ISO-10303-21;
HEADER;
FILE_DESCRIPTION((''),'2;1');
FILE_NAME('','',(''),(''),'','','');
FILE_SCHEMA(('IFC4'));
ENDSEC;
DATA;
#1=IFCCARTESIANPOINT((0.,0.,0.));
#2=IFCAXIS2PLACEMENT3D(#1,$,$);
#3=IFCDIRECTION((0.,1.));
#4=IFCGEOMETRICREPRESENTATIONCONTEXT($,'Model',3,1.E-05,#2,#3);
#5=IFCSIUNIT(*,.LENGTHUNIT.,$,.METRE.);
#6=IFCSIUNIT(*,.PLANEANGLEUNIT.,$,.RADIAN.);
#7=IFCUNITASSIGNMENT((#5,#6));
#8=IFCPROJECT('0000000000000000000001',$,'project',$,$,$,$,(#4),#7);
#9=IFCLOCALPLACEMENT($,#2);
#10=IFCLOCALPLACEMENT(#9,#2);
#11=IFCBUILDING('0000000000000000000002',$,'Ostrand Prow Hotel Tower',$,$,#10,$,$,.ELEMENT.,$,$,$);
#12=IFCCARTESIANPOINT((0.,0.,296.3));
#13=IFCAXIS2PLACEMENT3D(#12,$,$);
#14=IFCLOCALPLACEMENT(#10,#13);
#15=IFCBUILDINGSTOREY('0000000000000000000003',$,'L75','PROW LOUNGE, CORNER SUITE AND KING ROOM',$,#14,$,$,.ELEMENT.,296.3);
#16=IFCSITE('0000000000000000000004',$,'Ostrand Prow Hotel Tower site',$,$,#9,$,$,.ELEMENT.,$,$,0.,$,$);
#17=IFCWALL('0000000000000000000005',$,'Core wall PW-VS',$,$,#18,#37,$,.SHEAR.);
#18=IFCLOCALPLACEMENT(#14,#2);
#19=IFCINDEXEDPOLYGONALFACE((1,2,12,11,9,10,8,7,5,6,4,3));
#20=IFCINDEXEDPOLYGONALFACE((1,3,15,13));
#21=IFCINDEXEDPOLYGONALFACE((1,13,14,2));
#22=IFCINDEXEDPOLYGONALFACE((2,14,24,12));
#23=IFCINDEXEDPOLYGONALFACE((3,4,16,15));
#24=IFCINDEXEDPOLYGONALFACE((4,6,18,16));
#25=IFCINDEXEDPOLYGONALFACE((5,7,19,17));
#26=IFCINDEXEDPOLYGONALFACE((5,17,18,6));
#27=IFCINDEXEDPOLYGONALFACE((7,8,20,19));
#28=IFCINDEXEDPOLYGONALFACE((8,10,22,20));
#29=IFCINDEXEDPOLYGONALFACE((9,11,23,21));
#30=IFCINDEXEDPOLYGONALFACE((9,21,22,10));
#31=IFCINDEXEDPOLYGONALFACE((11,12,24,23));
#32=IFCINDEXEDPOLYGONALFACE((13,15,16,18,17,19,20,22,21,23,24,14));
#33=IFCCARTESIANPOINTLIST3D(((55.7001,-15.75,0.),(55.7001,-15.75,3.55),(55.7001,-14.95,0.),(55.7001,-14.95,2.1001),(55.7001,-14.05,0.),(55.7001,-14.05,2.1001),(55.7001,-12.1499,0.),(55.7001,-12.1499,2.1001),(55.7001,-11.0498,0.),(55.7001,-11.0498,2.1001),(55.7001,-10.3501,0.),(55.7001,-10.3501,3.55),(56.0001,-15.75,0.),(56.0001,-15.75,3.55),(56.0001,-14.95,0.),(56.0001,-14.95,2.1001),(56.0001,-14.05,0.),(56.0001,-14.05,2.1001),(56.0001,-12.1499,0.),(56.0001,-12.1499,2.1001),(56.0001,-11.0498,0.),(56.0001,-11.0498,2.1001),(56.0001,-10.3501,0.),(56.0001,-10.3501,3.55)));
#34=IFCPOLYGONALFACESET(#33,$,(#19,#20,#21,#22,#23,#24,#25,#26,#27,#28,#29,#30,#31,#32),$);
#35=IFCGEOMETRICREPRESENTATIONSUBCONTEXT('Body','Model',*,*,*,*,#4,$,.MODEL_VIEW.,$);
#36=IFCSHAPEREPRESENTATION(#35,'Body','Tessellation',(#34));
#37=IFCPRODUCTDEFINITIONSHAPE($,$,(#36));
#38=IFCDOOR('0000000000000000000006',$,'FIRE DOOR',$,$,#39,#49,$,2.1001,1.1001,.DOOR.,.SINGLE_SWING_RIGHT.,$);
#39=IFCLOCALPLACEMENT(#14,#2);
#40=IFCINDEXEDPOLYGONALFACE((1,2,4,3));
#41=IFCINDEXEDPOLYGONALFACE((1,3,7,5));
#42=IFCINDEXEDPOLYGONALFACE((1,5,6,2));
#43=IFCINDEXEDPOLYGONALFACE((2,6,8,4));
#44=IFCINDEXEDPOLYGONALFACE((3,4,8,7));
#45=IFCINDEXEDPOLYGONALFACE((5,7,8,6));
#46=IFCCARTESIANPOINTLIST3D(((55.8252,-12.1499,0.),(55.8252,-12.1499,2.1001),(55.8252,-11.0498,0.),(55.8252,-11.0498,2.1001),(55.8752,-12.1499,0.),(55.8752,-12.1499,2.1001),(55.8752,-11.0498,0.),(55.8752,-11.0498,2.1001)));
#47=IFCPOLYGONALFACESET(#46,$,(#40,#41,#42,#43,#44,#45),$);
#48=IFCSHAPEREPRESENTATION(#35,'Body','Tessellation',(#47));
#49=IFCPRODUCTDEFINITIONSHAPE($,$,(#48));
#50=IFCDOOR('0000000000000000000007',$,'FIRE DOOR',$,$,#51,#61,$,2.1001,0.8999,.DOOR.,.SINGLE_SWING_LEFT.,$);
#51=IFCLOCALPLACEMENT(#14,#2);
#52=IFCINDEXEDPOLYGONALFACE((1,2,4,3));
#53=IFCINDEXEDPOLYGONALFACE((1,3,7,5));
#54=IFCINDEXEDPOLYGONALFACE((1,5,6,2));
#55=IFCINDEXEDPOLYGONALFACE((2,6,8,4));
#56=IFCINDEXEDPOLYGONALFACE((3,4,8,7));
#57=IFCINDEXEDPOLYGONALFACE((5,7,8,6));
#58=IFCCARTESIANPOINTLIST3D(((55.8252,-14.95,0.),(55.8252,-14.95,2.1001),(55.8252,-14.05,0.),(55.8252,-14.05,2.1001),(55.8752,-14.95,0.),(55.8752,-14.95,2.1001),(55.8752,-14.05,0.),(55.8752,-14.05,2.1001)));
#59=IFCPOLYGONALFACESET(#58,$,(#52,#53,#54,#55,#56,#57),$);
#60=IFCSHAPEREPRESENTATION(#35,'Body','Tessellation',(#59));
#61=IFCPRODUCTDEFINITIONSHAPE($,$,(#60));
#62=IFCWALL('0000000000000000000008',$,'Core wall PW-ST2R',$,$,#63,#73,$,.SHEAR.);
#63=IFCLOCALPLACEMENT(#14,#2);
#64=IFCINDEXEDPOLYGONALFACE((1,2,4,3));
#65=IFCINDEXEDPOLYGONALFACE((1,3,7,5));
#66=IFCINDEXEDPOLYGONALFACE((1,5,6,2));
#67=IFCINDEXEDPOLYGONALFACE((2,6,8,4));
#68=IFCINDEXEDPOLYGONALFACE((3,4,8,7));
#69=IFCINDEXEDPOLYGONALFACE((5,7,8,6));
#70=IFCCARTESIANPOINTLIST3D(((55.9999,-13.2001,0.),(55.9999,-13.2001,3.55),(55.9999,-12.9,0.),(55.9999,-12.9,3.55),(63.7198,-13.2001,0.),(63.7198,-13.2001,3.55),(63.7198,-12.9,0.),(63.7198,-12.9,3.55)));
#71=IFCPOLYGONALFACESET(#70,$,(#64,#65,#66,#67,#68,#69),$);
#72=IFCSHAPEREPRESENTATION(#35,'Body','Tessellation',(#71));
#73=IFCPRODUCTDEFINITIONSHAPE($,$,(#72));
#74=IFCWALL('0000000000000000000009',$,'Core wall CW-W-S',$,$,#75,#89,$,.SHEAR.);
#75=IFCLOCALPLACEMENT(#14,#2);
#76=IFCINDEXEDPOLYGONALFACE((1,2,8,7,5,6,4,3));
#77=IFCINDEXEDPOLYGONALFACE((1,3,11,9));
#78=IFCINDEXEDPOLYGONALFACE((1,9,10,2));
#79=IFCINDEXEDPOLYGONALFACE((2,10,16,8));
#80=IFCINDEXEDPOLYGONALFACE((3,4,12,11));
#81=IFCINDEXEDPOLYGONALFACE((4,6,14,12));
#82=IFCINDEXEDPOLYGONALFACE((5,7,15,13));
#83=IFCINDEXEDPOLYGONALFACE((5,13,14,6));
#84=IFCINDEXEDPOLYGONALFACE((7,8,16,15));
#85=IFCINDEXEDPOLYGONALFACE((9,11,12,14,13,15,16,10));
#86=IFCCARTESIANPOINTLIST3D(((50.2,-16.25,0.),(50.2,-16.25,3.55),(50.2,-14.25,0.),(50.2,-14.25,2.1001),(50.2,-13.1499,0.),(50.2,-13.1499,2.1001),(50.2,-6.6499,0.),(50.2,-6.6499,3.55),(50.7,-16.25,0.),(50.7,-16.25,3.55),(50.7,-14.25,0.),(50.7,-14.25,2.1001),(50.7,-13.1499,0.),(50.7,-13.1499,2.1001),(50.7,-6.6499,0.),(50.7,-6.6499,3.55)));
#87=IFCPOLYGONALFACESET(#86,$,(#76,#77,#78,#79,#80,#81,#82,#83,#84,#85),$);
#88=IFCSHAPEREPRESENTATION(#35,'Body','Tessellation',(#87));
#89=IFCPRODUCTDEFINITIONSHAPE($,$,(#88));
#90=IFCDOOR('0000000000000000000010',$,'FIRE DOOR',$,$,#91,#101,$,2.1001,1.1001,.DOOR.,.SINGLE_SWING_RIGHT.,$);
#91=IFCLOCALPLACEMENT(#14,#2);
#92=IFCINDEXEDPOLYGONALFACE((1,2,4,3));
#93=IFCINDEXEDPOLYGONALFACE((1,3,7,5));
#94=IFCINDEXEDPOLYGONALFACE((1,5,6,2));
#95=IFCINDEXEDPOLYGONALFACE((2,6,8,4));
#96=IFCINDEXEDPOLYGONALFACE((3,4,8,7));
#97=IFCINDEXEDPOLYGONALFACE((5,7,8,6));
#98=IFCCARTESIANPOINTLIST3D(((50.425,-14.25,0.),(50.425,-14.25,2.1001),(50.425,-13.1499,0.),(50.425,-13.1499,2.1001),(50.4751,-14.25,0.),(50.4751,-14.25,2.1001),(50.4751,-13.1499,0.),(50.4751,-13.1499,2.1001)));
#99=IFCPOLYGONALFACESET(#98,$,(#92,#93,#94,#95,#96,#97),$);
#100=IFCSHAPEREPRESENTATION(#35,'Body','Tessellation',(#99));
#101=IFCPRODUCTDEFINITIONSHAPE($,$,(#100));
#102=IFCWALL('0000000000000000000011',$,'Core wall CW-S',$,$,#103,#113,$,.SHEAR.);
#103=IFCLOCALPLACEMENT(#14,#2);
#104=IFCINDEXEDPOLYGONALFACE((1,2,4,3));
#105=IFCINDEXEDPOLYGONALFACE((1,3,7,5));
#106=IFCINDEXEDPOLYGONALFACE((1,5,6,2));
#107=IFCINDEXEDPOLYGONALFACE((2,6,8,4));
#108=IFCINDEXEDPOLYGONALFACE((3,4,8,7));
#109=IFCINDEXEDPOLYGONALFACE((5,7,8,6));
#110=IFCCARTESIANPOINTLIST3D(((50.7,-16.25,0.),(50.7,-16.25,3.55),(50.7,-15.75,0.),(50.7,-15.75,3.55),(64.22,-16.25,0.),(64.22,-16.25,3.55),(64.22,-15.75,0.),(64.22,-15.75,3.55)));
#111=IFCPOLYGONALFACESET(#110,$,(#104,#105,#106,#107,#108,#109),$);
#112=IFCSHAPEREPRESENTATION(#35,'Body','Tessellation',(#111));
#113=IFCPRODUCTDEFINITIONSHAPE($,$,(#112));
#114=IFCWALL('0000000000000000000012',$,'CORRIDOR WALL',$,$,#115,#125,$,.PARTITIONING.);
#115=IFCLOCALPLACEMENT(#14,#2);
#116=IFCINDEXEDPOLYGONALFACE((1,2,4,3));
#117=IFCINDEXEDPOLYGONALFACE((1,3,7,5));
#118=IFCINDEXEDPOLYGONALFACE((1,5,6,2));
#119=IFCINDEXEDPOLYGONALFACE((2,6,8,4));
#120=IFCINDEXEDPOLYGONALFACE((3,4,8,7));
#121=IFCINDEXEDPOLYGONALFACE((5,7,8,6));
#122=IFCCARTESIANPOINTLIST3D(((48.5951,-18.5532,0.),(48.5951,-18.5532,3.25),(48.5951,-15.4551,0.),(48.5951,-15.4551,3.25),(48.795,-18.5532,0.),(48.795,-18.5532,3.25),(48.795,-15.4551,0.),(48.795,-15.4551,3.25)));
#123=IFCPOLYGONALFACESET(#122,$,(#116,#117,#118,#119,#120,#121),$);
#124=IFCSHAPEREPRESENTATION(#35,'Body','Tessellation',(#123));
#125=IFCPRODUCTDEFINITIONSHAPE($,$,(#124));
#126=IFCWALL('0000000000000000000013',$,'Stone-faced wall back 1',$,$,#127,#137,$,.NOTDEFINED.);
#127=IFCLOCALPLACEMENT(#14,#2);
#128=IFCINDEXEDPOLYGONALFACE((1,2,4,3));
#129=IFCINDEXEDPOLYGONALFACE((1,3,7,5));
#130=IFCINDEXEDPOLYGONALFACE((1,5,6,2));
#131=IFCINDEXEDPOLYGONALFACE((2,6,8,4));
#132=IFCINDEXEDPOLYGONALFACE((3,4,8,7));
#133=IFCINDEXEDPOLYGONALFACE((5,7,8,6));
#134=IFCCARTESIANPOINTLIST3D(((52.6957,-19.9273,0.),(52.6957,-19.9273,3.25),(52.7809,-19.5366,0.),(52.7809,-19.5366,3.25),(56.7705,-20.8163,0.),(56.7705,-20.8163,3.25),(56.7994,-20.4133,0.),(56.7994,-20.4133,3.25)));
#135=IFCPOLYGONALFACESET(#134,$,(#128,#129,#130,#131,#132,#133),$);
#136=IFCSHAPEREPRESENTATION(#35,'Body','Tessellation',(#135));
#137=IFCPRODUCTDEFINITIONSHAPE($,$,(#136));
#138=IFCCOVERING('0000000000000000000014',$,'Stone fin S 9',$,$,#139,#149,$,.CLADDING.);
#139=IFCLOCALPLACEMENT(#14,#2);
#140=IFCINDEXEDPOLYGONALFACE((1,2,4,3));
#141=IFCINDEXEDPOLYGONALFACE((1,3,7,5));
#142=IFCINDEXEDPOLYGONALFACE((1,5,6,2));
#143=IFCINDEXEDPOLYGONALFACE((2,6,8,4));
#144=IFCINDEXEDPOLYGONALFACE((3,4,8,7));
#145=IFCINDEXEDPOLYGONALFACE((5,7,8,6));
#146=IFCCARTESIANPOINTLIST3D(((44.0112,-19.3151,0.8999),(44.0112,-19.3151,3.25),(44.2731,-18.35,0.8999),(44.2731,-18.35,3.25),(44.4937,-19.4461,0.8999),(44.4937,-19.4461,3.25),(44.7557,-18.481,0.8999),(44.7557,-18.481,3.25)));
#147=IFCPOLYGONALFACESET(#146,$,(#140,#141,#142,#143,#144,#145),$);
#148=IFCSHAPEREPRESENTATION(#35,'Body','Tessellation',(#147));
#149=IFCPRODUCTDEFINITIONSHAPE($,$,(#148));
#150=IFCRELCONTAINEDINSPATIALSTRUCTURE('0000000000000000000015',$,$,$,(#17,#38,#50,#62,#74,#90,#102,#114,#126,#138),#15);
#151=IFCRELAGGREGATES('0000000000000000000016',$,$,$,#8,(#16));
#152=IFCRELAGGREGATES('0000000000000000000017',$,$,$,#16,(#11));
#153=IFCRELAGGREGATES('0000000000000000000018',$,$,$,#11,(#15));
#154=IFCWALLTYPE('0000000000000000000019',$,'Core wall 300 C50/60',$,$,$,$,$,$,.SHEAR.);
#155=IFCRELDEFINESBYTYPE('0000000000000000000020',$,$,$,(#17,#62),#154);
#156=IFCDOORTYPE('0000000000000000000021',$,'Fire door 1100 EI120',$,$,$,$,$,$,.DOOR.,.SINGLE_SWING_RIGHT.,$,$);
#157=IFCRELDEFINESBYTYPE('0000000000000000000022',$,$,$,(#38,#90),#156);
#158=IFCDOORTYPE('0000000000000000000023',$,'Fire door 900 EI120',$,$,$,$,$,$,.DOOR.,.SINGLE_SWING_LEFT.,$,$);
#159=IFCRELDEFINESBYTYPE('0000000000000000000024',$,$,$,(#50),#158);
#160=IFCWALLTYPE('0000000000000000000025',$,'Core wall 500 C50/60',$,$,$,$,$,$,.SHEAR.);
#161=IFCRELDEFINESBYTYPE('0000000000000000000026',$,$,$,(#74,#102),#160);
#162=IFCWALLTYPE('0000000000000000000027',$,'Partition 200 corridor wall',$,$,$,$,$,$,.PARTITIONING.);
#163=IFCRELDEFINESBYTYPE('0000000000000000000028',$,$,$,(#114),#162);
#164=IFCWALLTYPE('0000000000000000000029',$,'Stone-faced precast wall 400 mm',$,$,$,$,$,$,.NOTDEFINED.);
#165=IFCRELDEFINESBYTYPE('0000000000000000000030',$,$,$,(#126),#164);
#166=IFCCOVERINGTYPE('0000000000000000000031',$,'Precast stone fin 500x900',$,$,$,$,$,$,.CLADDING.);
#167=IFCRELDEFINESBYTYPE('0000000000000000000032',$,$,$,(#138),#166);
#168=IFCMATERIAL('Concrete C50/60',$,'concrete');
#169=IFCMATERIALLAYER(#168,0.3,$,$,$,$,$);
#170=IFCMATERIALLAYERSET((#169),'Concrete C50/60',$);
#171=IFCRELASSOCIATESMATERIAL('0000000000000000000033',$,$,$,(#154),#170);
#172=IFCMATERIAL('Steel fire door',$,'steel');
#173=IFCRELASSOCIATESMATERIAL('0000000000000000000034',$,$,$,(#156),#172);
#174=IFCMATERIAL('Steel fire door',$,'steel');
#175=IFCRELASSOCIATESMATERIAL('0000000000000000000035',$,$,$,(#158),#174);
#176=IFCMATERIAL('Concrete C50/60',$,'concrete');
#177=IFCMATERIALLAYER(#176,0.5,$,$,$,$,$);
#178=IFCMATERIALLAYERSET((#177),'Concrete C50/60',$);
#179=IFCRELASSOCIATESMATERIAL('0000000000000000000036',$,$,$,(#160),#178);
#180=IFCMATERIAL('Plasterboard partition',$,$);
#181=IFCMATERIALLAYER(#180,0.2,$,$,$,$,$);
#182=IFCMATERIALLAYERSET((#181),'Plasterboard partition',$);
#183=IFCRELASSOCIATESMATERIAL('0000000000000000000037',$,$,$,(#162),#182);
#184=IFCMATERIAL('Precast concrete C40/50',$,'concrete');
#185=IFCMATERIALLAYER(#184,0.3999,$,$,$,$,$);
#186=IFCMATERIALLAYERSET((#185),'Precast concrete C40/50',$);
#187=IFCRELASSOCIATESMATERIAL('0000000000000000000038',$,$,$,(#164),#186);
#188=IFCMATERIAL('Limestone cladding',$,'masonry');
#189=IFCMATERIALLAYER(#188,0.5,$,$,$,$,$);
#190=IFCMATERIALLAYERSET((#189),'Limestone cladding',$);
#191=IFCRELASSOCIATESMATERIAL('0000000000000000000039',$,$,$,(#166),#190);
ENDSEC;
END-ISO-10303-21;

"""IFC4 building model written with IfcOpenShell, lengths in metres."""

from ifc_helpers import new_model, si_unit, direction, frame, frame_2d, origin, place, context, subcontext, project, spatial, polyline, rectangle, outline, extrude, material, layer, layer_set, type_object, element, fill, save


model = new_model("IFC4")

# Units and contexts
model_context = context("Model", 3, precision=1e-05, world=origin(), true_north=direction((0.0, 1.0)))
body_context = subcontext(model_context, "Body", "Model", "MODEL_VIEW")
ifc_project = project(units=[si_unit("LENGTHUNIT", "METRE"), si_unit("PLANEANGLEUNIT", "RADIAN")], contexts=[model_context])

# Site, building, storey
site_placement = place(None, origin())
site = spatial("IfcSite", under=ifc_project, at=site_placement, Name="Ostrand Prow Hotel Tower site", CompositionType="ELEMENT", RefElevation=0.0)
building_placement = place(site_placement, origin())
building = spatial("IfcBuilding", under=site, at=building_placement, Name="Ostrand Prow Hotel Tower", CompositionType="ELEMENT")
storey_placement = place(building_placement, frame((0.0, 0.0, 296.3)))
storey = spatial("IfcBuildingStorey", under=building, at=storey_placement, Name="L75", Description="PROW LOUNGE, CORNER SUITE AND KING ROOM", CompositionType="ELEMENT", Elevation=296.3)

# Wall, openings, doors
ifc_material_1 = material(Name="Concrete C50/60", Category="concrete")
ifc_layer_1 = layer(ifc_material_1, 0.3)
ifc_layer_set_1 = layer_set([ifc_layer_1], Name="Concrete C50/60")
wall_type_1 = type_object("IfcWallType", Name="Core wall 300 C50/60", PredefinedType="SHEAR", material=ifc_layer_set_1)
wall_1_placement = place(storey_placement, frame((55.8501, -15.75, 0.0), z_axis=(0.0, 0.0, 1.0), x_axis=(0.0, 1.0, 0.0)))
wall_1 = element("IfcWall", 1, at=wall_1_placement, inside=storey, type_object=wall_type_1, Name="Core wall PW-VS", PredefinedType="SHEAR", context=body_context, shape_type="SweptSolid", body=[
    extrude(rectangle(XDim=5.3999, YDim=0.3, at=frame_2d((2.7, 0.0))), origin(), (0.0, 0.0, 1.0), 3.55),
])
opening_1_placement = place(wall_1_placement, frame((3.6001, 0.0, 0.0)))
opening_1 = element("IfcOpeningElement", 2, at=opening_1_placement, cuts=wall_1, PredefinedType="OPENING", context=body_context, shape_type="SweptSolid", body=[
    extrude(rectangle(XDim=1.1001, YDim=2.1001, at=frame_2d((0.55, 1.05))), frame((0.0, 0.1599, 0.0), z_axis=(0.0, -1.0, 0.0), x_axis=(1.0, 0.0, 0.0)), (0.0, 0.0, 1.0), 0.3201),
])
opening_2_placement = place(wall_1_placement, frame((0.8, 0.0, 0.0)))
opening_2 = element("IfcOpeningElement", 3, at=opening_2_placement, cuts=wall_1, PredefinedType="OPENING", context=body_context, shape_type="SweptSolid", body=[
    extrude(rectangle(XDim=0.8999, YDim=2.1001, at=frame_2d((0.45, 1.05))), frame((0.0, 0.1599, 0.0), z_axis=(0.0, -1.0, 0.0), x_axis=(1.0, 0.0, 0.0)), (0.0, 0.0, 1.0), 0.3201),
])
ifc_material_2 = material(Name="Steel fire door", Category="steel")
door_type_1 = type_object("IfcDoorType", Name="Fire door 1100 EI120", OperationType="SINGLE_SWING_RIGHT", PredefinedType="DOOR", material=ifc_material_2)
door_1_placement = place(opening_1_placement, origin())
door_1 = element("IfcDoor", 4, at=door_1_placement, inside=storey, type_object=door_type_1, Name="FIRE DOOR", OperationType="SINGLE_SWING_RIGHT", OverallHeight=2.1001, OverallWidth=1.1001, PredefinedType="DOOR", context=body_context, shape_type="SweptSolid", body=[
    extrude(rectangle(XDim=1.1001, YDim=2.1001, at=frame_2d((0.55, 1.05))), frame((0.0, 0.0249, 0.0), z_axis=(0.0, -1.0, 0.0), x_axis=(1.0, 0.0, 0.0)), (0.0, 0.0, 1.0), 0.05),
])
fill(opening_1, door_1)
ifc_material_3 = material(Name="Steel fire door", Category="steel")
door_type_2 = type_object("IfcDoorType", Name="Fire door 900 EI120", OperationType="SINGLE_SWING_LEFT", PredefinedType="DOOR", material=ifc_material_3)
door_2_placement = place(opening_2_placement, origin())
door_2 = element("IfcDoor", 5, at=door_2_placement, inside=storey, type_object=door_type_2, Name="FIRE DOOR", OperationType="SINGLE_SWING_LEFT", OverallHeight=2.1001, OverallWidth=0.8999, PredefinedType="DOOR", context=body_context, shape_type="SweptSolid", body=[
    extrude(rectangle(XDim=0.8999, YDim=2.1001, at=frame_2d((0.45, 1.05))), frame((0.0, 0.0249, 0.0), z_axis=(0.0, -1.0, 0.0), x_axis=(1.0, 0.0, 0.0)), (0.0, 0.0, 1.0), 0.05),
])
fill(opening_2, door_2)

# Wall
wall_2_placement = place(storey_placement, frame((56.0, -13.05, 0.0), z_axis=(0.0, 0.0, 1.0), x_axis=(1.0, 0.0, 0.0)))
element("IfcWall", 6, at=wall_2_placement, inside=storey, type_object=wall_type_1, Name="Core wall PW-ST2R", PredefinedType="SHEAR", context=body_context, shape_type="SweptSolid", body=[
    extrude(rectangle(XDim=7.72, YDim=0.3, at=frame_2d((3.8599, 0.0))), origin(), (0.0, 0.0, 1.0), 3.55),
])

# Wall, opening, door
ifc_material_4 = material(Name="Concrete C50/60", Category="concrete")
ifc_layer_2 = layer(ifc_material_4, 0.5)
ifc_layer_set_2 = layer_set([ifc_layer_2], Name="Concrete C50/60")
wall_type_2 = type_object("IfcWallType", Name="Core wall 500 C50/60", PredefinedType="SHEAR", material=ifc_layer_set_2)
wall_3_placement = place(storey_placement, frame((50.45, -16.25, 0.0), z_axis=(0.0, 0.0, 1.0), x_axis=(0.0, 1.0, 0.0)))
wall_3 = element("IfcWall", 7, at=wall_3_placement, inside=storey, type_object=wall_type_2, Name="Core wall CW-W-S", PredefinedType="SHEAR", context=body_context, shape_type="SweptSolid", body=[
    extrude(rectangle(XDim=9.6001, YDim=0.5, at=frame_2d((4.8, 0.0))), origin(), (0.0, 0.0, 1.0), 3.55),
])
opening_3_placement = place(wall_3_placement, frame((2.0, 0.0, 0.0)))
opening_3 = element("IfcOpeningElement", 8, at=opening_3_placement, cuts=wall_3, PredefinedType="OPENING", context=body_context, shape_type="SweptSolid", body=[
    extrude(rectangle(XDim=1.1001, YDim=2.1001, at=frame_2d((0.55, 1.05))), frame((0.0, 0.26, 0.0), z_axis=(0.0, -1.0, 0.0), x_axis=(1.0, 0.0, 0.0)), (0.0, 0.0, 1.0), 0.52),
])
door_3_placement = place(opening_3_placement, origin())
door_3 = element("IfcDoor", 9, at=door_3_placement, inside=storey, type_object=door_type_1, Name="FIRE DOOR", OperationType="SINGLE_SWING_RIGHT", OverallHeight=2.1001, OverallWidth=1.1001, PredefinedType="DOOR", context=body_context, shape_type="SweptSolid", body=[
    extrude(rectangle(XDim=1.1001, YDim=2.1001, at=frame_2d((0.55, 1.05))), frame((0.0, 0.0249, 0.0), z_axis=(0.0, -1.0, 0.0), x_axis=(1.0, 0.0, 0.0)), (0.0, 0.0, 1.0), 0.05),
])
fill(opening_3, door_3)

# Walls
wall_4_placement = place(storey_placement, frame((50.7, -16.0, 0.0), z_axis=(0.0, 0.0, 1.0), x_axis=(1.0, 0.0, 0.0)))
element("IfcWall", 10, at=wall_4_placement, inside=storey, type_object=wall_type_2, Name="Core wall CW-S", PredefinedType="SHEAR", context=body_context, shape_type="SweptSolid", body=[
    extrude(rectangle(XDim=13.52, YDim=0.5, at=frame_2d((6.76, 0.0))), origin(), (0.0, 0.0, 1.0), 3.55),
])
ifc_material_5 = material(Name="Plasterboard partition")
ifc_layer_3 = layer(ifc_material_5, 0.2)
ifc_layer_set_3 = layer_set([ifc_layer_3], Name="Plasterboard partition")
wall_type_3 = type_object("IfcWallType", Name="Partition 200 corridor wall", PredefinedType="PARTITIONING", material=ifc_layer_set_3)
wall_5_placement = place(storey_placement, frame((48.6951, -15.4551, 0.0), z_axis=(0.0, 0.0, 1.0), x_axis=(0.0, -1.0, 0.0)))
element("IfcWall", 11, at=wall_5_placement, inside=storey, type_object=wall_type_3, Name="CORRIDOR WALL", PredefinedType="PARTITIONING", context=body_context, shape_type="SweptSolid", body=[
    extrude(rectangle(XDim=3.0981, YDim=0.2, at=frame_2d((1.5491, 0.0))), origin(), (0.0, 0.0, 1.0), 3.25),
])
ifc_material_6 = material(Name="Precast concrete C40/50", Category="concrete")
ifc_layer_4 = layer(ifc_material_6, 0.3999)
ifc_layer_set_4 = layer_set([ifc_layer_4], Name="Precast concrete C40/50")
wall_type_4 = type_object("IfcWallType", Name="Stone-faced precast wall 400 mm", PredefinedType="NOTDEFINED", material=ifc_layer_set_4)
wall_6_placement = place(storey_placement, frame((52.7383, -19.7319, 0.0), z_axis=(0.0, 0.0, 1.0), x_axis=(0.97702, -0.213147, 0.0)))
element("IfcWall", 12, at=wall_6_placement, inside=storey, type_object=wall_type_4, Name="Stone-faced wall back 1", PredefinedType="NOTDEFINED", context=body_context, shape_type="SweptSolid", body=[
    extrude(outline(polyline([(0.0, -0.2), (4.1707, -0.2), (4.113, 0.2), (0.0, 0.2), (0.0, -0.2)])), origin(), (0.0, 0.0, 1.0), 3.25),
])

# Covering
ifc_material_7 = material(Name="Limestone cladding", Category="masonry")
ifc_layer_5 = layer(ifc_material_7, 0.5)
ifc_layer_set_5 = layer_set([ifc_layer_5], Name="Limestone cladding")
covering_type = type_object("IfcCoveringType", Name="Precast stone fin 500x900", PredefinedType="CLADDING", material=ifc_layer_set_5)
covering_placement = place(storey_placement, frame((44.5144, -18.4155, 0.8999), z_axis=(0.0, 0.0, 1.0), x_axis=(-0.26196, -0.965079, 0.0)))
element("IfcCovering", 13, at=covering_placement, inside=storey, type_object=covering_type, Name="Stone fin S 9", PredefinedType="CLADDING", context=body_context, shape_type="SweptSolid", body=[
    extrude(rectangle(XDim=1.0, YDim=0.5, at=frame_2d((0.5, 0.0))), origin(), (0.0, 0.0, 1.0), 2.3501),
])

save(model, "model.ifc")
